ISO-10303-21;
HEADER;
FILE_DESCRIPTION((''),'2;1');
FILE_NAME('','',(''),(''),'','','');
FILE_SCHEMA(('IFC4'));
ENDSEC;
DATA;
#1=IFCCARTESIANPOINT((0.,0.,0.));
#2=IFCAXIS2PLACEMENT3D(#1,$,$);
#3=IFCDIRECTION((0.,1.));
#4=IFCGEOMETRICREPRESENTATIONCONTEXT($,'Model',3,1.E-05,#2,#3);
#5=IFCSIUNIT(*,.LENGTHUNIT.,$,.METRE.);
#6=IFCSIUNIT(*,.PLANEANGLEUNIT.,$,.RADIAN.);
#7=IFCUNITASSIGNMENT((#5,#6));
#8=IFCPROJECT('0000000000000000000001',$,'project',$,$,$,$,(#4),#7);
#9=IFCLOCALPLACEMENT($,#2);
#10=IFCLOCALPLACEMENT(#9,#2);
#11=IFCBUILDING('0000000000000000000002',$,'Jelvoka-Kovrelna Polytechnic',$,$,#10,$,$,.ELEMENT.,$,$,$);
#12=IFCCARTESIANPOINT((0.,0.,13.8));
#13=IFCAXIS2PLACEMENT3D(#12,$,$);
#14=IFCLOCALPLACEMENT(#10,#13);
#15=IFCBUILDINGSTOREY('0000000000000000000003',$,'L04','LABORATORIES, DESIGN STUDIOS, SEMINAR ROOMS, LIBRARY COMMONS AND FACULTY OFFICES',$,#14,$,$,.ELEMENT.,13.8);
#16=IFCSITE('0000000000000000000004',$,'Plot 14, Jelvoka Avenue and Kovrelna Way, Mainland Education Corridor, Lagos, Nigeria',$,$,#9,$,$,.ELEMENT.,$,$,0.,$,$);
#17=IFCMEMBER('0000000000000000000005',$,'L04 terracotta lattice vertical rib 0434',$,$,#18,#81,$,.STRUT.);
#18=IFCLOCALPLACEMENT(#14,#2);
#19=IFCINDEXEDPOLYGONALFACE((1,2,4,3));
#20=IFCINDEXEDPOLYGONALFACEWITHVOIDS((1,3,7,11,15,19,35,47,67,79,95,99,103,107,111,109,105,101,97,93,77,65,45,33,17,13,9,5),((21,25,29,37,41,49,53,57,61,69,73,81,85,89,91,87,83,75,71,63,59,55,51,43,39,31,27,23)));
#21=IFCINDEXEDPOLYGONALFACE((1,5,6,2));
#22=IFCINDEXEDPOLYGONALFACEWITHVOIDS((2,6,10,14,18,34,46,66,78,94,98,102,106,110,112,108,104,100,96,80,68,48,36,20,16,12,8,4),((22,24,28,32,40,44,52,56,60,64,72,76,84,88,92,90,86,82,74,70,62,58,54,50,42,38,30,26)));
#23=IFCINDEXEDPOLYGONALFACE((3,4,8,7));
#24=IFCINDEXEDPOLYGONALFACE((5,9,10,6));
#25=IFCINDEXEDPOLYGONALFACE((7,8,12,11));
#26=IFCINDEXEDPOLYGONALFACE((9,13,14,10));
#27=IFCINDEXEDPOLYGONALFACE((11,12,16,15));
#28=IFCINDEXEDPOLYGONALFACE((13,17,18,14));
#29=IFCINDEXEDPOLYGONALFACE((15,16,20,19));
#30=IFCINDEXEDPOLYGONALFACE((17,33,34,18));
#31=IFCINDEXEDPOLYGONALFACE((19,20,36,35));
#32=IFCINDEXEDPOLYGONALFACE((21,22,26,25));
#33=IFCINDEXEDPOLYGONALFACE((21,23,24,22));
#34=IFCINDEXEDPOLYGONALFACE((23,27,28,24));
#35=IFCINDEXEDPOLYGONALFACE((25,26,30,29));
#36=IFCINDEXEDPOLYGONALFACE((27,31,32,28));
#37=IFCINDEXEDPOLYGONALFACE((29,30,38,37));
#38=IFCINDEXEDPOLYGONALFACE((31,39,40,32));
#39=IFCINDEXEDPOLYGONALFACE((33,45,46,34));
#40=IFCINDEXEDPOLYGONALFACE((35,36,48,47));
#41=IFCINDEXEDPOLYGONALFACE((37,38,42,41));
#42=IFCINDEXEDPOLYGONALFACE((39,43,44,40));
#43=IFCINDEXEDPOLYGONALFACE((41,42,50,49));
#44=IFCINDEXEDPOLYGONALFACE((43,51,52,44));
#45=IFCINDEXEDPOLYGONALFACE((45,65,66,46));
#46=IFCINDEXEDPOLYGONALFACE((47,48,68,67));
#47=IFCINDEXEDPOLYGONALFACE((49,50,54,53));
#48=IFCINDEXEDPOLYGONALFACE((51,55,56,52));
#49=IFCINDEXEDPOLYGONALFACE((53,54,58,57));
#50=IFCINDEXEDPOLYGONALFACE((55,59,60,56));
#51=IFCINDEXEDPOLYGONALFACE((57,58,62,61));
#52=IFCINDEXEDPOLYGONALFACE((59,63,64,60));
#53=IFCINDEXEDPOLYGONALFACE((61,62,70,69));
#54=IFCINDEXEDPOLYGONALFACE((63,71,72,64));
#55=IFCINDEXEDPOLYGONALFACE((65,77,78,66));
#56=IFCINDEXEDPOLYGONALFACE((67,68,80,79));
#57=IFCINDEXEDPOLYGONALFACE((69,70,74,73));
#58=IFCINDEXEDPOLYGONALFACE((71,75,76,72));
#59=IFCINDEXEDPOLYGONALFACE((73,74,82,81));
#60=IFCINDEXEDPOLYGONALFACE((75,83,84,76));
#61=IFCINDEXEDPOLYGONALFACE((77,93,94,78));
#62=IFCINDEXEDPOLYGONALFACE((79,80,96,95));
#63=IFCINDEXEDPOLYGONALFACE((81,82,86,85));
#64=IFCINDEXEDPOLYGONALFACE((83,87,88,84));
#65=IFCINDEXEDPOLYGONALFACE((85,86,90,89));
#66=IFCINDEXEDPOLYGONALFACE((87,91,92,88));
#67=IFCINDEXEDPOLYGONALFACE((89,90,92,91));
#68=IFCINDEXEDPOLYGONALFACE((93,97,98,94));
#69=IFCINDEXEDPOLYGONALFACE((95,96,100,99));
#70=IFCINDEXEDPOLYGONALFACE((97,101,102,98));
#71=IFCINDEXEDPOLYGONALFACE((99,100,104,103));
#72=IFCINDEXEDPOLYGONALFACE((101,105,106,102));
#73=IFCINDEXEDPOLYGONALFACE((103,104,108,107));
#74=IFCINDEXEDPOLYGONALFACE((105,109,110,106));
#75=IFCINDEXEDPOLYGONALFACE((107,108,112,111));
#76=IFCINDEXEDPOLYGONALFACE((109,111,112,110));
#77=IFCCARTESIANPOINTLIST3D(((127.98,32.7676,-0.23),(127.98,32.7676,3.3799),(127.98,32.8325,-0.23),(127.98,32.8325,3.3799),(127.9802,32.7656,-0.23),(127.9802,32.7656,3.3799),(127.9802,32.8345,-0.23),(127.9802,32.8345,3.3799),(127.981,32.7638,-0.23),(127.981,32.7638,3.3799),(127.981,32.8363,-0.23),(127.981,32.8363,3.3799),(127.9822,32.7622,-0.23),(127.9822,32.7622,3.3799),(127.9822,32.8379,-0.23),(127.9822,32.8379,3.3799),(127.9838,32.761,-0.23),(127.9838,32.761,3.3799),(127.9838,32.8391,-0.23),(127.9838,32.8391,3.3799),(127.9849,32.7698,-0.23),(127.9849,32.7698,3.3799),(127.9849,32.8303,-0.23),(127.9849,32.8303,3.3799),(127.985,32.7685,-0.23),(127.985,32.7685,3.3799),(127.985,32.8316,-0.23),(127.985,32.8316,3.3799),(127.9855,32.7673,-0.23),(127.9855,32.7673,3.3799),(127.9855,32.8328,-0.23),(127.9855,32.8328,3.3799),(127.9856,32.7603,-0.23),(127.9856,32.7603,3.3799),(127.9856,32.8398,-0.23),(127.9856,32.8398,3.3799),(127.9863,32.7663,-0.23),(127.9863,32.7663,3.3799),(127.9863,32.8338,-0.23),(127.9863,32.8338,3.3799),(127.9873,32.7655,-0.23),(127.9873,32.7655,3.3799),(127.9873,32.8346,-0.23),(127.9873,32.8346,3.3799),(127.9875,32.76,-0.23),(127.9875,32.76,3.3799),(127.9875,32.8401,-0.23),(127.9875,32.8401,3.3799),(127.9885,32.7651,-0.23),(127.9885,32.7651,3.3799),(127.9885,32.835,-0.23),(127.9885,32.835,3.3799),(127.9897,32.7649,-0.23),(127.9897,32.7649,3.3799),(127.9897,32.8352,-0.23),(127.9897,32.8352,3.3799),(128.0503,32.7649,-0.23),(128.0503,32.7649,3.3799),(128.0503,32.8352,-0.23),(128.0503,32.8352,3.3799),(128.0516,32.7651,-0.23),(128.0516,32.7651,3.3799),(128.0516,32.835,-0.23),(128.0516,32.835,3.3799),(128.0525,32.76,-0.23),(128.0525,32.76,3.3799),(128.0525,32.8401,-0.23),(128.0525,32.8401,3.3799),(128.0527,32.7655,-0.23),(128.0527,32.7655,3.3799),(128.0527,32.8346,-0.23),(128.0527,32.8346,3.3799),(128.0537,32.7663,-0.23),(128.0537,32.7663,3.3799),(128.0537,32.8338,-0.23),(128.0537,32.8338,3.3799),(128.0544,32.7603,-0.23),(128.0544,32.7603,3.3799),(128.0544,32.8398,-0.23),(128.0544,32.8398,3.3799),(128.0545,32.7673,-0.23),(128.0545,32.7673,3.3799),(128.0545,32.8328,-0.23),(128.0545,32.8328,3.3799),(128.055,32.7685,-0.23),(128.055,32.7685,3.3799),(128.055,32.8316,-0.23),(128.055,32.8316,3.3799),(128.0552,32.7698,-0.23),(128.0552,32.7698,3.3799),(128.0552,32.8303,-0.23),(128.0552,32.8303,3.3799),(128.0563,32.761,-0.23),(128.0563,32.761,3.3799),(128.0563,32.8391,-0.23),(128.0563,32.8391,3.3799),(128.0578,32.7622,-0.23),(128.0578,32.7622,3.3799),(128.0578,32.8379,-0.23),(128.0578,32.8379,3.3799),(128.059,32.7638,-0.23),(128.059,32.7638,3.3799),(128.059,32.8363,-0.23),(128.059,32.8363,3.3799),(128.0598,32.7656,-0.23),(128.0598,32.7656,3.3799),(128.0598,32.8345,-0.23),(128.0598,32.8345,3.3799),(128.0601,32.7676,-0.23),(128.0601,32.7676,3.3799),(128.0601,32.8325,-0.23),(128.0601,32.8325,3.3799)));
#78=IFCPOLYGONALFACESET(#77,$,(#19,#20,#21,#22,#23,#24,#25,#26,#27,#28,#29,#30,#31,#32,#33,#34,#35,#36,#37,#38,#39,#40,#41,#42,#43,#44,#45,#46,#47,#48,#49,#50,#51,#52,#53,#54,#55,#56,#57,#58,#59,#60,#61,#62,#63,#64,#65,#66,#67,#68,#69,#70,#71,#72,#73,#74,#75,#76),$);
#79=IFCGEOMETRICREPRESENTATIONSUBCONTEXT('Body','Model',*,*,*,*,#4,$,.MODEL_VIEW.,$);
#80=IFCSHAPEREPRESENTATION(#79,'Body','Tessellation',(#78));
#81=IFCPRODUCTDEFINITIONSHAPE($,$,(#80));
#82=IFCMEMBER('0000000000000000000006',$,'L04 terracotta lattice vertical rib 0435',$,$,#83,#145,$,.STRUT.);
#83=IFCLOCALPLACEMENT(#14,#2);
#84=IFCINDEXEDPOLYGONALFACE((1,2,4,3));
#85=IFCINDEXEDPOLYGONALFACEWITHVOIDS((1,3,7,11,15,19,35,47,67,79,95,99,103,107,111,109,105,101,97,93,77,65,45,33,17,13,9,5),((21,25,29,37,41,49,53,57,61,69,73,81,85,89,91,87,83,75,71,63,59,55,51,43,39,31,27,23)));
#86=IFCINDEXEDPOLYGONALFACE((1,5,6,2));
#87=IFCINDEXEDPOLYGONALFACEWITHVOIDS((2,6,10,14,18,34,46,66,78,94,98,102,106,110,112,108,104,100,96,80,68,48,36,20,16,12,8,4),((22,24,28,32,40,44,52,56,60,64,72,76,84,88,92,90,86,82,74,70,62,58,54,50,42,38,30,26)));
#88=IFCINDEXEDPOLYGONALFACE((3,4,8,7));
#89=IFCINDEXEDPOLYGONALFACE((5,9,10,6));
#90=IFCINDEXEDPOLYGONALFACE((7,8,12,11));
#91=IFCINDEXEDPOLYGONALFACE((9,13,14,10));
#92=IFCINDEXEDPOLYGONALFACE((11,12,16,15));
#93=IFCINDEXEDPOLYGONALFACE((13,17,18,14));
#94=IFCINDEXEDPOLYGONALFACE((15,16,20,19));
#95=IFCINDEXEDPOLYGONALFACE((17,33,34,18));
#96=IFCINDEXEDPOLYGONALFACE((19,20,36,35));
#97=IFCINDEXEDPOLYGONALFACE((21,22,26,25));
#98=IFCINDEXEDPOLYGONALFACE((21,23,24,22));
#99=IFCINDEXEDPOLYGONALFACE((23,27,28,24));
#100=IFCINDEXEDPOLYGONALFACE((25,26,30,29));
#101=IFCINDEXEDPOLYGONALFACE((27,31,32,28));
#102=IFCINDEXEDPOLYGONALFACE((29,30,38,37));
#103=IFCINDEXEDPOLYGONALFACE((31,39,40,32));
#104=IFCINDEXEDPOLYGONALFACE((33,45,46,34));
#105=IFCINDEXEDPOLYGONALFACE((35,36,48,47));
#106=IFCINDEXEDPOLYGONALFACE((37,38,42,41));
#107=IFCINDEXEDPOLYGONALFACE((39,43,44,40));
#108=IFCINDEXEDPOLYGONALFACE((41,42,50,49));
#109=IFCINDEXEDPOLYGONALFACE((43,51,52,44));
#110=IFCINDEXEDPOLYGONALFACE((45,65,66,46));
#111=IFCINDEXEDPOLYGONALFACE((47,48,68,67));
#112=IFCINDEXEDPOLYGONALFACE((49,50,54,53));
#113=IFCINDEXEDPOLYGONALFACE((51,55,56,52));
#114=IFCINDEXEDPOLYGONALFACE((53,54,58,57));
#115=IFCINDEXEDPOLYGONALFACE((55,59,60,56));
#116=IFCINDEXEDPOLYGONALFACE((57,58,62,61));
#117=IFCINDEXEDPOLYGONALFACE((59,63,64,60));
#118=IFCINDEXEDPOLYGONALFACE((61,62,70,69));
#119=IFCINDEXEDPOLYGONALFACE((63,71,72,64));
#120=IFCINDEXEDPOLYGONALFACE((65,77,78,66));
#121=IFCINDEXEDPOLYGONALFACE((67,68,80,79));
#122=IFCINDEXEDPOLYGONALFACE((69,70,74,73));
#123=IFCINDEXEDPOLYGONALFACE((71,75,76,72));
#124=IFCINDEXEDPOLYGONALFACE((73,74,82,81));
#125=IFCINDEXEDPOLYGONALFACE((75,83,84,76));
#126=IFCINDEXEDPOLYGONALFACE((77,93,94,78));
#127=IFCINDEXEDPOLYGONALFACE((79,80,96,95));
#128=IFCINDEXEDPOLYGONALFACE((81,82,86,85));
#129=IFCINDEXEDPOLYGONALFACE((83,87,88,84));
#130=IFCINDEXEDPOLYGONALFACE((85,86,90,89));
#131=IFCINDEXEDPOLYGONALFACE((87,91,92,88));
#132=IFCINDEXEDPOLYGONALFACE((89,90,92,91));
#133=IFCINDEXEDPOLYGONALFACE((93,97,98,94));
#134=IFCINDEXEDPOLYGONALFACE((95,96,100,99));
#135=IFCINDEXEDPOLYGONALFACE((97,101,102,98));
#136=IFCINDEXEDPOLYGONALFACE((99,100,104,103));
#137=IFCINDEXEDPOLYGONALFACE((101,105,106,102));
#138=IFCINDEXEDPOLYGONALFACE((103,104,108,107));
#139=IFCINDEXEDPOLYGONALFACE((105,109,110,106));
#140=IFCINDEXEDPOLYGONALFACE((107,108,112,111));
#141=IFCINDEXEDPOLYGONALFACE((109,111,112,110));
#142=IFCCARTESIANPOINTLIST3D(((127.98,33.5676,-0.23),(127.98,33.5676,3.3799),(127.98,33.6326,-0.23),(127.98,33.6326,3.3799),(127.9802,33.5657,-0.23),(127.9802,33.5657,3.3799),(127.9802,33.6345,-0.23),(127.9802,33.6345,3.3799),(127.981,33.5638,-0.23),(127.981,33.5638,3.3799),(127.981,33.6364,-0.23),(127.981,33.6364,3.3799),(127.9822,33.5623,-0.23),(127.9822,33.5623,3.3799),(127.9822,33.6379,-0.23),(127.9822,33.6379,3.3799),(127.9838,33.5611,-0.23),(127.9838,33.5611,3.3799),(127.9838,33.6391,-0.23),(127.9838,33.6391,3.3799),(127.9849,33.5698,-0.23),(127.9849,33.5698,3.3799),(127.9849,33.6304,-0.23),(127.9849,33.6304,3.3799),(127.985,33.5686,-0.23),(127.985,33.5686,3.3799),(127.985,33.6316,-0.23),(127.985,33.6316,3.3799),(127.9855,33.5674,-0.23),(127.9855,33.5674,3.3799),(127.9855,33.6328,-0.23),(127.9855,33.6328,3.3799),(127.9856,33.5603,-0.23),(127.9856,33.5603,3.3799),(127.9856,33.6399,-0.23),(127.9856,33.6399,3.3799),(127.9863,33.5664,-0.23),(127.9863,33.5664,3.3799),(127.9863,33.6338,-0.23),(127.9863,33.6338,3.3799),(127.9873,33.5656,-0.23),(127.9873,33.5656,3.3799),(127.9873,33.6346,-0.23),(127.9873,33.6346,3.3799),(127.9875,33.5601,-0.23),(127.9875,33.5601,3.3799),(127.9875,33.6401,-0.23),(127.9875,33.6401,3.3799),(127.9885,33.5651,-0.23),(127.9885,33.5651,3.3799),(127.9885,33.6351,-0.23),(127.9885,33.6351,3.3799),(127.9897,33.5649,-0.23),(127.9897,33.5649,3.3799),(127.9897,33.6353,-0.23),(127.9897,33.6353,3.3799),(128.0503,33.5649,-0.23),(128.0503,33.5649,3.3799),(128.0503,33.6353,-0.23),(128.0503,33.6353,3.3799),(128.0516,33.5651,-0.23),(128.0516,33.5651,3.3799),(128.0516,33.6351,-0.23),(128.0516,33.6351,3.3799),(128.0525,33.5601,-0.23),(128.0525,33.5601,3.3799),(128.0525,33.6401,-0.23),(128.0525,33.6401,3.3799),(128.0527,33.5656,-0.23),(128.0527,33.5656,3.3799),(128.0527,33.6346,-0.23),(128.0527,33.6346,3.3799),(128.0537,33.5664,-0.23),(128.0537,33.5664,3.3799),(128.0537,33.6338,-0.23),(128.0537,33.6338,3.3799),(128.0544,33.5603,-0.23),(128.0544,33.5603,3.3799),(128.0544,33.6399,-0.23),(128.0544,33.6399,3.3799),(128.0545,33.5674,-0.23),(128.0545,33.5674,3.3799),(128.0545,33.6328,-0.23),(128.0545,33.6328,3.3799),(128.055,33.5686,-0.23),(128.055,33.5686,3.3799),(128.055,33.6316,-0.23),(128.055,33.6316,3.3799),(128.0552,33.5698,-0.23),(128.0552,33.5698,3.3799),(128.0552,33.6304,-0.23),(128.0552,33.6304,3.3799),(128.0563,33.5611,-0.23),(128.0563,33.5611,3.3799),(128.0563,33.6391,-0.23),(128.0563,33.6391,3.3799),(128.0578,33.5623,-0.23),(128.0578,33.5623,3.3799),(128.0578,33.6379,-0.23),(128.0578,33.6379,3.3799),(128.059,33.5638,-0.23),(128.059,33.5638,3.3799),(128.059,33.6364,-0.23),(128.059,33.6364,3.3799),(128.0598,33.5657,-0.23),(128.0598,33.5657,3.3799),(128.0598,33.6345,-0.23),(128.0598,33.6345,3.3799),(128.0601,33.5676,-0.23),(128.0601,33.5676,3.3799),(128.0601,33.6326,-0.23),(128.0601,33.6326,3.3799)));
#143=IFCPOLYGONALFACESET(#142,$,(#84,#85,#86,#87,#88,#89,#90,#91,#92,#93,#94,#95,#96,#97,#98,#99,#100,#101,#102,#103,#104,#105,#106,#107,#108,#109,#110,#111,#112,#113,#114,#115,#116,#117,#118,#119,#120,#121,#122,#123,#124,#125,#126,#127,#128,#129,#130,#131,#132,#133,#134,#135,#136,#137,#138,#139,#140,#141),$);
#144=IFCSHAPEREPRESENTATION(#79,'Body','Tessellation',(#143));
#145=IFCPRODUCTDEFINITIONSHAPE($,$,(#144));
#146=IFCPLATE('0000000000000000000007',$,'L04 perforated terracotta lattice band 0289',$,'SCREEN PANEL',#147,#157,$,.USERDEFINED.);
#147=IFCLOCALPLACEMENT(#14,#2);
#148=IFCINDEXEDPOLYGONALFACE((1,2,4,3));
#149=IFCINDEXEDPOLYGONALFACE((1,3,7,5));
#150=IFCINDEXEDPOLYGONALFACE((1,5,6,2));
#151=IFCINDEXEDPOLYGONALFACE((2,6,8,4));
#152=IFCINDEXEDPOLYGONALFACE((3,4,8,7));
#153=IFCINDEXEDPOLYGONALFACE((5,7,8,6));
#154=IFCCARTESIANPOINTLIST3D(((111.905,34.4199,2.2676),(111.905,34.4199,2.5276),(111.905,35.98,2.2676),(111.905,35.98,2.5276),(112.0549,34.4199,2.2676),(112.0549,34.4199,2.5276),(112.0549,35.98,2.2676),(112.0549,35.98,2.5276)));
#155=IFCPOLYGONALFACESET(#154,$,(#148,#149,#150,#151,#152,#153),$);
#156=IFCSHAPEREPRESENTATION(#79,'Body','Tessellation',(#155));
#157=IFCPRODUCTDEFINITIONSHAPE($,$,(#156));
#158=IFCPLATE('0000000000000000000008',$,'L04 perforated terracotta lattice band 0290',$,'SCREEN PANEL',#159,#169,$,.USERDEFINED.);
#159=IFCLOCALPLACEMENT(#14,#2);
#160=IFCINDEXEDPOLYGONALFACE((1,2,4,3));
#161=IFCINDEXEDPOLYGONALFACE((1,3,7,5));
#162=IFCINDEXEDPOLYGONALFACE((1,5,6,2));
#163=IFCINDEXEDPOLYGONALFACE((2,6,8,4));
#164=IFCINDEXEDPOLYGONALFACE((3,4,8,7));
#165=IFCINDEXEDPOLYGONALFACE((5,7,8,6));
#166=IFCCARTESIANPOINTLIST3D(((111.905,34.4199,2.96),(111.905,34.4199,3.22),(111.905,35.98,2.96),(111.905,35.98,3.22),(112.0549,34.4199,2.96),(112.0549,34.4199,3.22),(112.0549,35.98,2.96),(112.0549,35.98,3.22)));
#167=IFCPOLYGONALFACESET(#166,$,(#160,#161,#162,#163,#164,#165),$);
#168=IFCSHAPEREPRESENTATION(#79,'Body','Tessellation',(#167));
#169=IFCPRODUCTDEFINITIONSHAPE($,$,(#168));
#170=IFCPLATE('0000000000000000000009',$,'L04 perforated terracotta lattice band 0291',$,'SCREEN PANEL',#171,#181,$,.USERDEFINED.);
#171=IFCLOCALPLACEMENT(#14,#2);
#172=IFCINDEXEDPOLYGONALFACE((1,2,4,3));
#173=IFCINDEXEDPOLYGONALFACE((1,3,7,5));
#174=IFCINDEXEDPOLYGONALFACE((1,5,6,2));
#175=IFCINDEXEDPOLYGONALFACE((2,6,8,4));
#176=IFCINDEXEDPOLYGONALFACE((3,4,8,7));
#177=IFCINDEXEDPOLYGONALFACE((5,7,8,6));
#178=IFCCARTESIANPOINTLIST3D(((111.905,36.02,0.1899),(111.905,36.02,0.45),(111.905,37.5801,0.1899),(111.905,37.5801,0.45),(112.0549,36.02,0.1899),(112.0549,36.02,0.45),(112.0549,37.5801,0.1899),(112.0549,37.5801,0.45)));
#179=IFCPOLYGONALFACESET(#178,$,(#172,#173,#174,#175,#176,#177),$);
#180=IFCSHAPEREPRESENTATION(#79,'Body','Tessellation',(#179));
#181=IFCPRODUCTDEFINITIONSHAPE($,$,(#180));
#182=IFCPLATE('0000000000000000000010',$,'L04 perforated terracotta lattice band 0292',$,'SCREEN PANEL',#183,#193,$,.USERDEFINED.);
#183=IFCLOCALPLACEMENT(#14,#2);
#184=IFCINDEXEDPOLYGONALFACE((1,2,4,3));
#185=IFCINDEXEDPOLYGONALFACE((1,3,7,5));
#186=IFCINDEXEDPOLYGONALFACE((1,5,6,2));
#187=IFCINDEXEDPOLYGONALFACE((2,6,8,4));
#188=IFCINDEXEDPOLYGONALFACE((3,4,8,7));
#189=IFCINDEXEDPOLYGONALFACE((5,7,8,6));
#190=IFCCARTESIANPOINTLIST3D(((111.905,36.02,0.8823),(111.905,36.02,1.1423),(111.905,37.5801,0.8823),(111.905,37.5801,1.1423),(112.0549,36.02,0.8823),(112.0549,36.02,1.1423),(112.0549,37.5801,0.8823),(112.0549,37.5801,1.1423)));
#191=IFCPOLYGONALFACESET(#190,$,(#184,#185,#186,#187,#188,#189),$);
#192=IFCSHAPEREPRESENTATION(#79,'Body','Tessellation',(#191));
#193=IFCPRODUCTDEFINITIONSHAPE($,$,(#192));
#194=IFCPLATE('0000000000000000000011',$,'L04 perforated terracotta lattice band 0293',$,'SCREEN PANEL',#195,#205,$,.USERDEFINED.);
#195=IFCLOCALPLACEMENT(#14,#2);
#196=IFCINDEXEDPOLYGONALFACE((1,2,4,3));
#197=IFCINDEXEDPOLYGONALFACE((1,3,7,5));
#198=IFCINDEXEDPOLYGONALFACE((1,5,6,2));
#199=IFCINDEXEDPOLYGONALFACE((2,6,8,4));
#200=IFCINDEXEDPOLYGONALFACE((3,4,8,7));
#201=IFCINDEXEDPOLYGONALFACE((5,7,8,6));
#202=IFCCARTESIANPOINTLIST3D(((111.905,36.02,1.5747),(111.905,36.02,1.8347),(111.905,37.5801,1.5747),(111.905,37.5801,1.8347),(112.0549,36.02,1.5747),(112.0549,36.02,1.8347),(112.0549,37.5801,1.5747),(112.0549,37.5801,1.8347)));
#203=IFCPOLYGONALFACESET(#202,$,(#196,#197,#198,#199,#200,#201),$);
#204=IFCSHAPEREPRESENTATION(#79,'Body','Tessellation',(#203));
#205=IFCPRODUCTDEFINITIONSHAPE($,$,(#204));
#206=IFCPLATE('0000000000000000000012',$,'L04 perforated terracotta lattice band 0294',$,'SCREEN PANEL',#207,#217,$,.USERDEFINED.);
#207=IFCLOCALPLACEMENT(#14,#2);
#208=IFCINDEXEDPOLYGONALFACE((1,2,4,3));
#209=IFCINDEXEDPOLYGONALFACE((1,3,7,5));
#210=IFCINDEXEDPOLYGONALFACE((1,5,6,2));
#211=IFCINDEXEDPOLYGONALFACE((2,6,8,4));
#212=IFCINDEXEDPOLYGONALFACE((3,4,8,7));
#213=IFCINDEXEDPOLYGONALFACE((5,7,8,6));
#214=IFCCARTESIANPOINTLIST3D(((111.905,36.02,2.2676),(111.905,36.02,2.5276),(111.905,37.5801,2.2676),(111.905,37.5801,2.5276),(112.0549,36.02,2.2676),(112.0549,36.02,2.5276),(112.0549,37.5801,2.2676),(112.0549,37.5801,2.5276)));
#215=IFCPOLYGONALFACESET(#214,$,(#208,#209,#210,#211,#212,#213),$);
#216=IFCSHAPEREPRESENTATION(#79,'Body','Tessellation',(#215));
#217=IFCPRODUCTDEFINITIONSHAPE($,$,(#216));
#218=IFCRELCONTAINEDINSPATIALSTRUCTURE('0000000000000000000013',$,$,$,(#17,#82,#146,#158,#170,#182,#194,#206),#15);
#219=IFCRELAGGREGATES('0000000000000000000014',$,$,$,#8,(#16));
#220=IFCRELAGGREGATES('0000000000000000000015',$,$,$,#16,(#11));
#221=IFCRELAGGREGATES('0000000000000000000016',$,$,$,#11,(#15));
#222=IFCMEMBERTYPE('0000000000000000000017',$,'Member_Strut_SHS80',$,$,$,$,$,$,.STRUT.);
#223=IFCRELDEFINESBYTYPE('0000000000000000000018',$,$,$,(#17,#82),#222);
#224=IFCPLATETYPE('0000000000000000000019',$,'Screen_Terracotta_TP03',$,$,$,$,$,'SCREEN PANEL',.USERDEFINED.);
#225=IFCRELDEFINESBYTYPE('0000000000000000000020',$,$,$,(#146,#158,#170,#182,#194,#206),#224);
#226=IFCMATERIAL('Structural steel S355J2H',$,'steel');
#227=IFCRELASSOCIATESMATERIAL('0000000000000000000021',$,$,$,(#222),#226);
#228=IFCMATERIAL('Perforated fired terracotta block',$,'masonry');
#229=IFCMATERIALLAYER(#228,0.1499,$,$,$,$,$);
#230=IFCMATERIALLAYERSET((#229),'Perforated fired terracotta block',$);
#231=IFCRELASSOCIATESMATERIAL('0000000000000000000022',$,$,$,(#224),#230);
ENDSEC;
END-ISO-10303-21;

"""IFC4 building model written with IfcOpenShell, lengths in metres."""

from ifc_helpers import new_model, si_unit, direction, frame, origin, origin_2d, place, context, subcontext, project, spatial, rectangle, hollow_rectangle, extrude, material, layer, layer_set, material_profile, profile_set, type_object, element, save


model = new_model("IFC4")

# Units and contexts
model_context = context("Model", 3, precision=1e-05, world=origin(), true_north=direction((0.0, 1.0)))
body_context = subcontext(model_context, "Body", "Model", "MODEL_VIEW")
ifc_project = project(units=[si_unit("LENGTHUNIT", "METRE"), si_unit("PLANEANGLEUNIT", "RADIAN")], contexts=[model_context])

# Site, building, storey
site_placement = place(None, origin())
site = spatial("IfcSite", under=ifc_project, at=site_placement, Name="Plot 14, Jelvoka Avenue and Kovrelna Way, Mainland Education Corridor, Lagos, Nigeria", CompositionType="ELEMENT", RefElevation=0.0)
building_placement = place(site_placement, origin())
building = spatial("IfcBuilding", under=site, at=building_placement, Name="Jelvoka-Kovrelna Polytechnic", CompositionType="ELEMENT")
storey_placement = place(building_placement, frame((0.0, 0.0, 13.8)))
storey = spatial("IfcBuildingStorey", under=building, at=storey_placement, Name="L04", Description="LABORATORIES, DESIGN STUDIOS, SEMINAR ROOMS, LIBRARY COMMONS AND FACULTY OFFICES", CompositionType="ELEMENT", Elevation=13.8)

# Members
ifc_material_1 = material(Name="Structural steel S355J2H", Category="steel")
ifc_material_profile_1 = material_profile(ifc_material_1, hollow_rectangle(XDim=0.0801, YDim=0.0801, WallThickness=0.0049, InnerFilletRadius=0.0049, OuterFilletRadius=0.0076, at=origin_2d()), Name="80x80x5.0 SHS")
ifc_profile_set_1 = profile_set([ifc_material_profile_1], Name="Structural steel S355J2H")
member_type_1 = type_object("IfcMemberType", Name="Member_Strut_SHS80", PredefinedType="STRUT", material=ifc_profile_set_1)
for number, where, z_axis, x_axis, name in (
    (1, (128.02, 32.8, -0.23), (0.0, 0.0, 1.0), (1.0, 0.0, 0.0), "L04 terracotta lattice vertical rib 0434"),
    (2, (128.02, 33.6001, -0.23), (0.0, 0.0, 1.0), (1.0, 0.0, 0.0), "L04 terracotta lattice vertical rib 0435"),
):
    element("IfcMember", number, at=place(storey_placement, frame(where, z_axis=z_axis, x_axis=x_axis)), inside=storey, type_object=member_type_1, Name=name, PredefinedType="STRUT", context=body_context, shape_type="SweptSolid", body=[
        extrude(hollow_rectangle(XDim=0.0801, YDim=0.0801, WallThickness=0.0049, InnerFilletRadius=0.0049, OuterFilletRadius=0.0076, at=origin_2d()), origin(), (0.0, 0.0, 1.0), 3.6099),
    ])

# Plates
ifc_material_2 = material(Name="Perforated fired terracotta block", Category="masonry")
ifc_layer_1 = layer(ifc_material_2, 0.1499)
ifc_layer_set_1 = layer_set([ifc_layer_1], Name="Perforated fired terracotta block")
plate_type_1 = type_object("IfcPlateType", Name="Screen_Terracotta_TP03", ElementType="SCREEN PANEL", PredefinedType="USERDEFINED", material=ifc_layer_set_1)
for number, where, z_axis, x_axis, name in (
    (3, (111.98, 35.2, 2.2676), (0.0, 0.0, 1.0), (0.0, 1.0, 0.0), "L04 perforated terracotta lattice band 0289"),
    (4, (111.98, 35.2, 2.96), (0.0, 0.0, 1.0), (0.0, 1.0, 0.0), "L04 perforated terracotta lattice band 0290"),
    (5, (111.98, 36.8, 0.1899), (0.0, 0.0, 1.0), (0.0, 1.0, 0.0), "L04 perforated terracotta lattice band 0291"),
    (6, (111.98, 36.8, 0.8823), (0.0, 0.0, 1.0), (0.0, 1.0, 0.0), "L04 perforated terracotta lattice band 0292"),
    (7, (111.98, 36.8, 1.5747), (0.0, 0.0, 1.0), (0.0, 1.0, 0.0), "L04 perforated terracotta lattice band 0293"),
    (8, (111.98, 36.8, 2.2676), (0.0, 0.0, 1.0), (0.0, 1.0, 0.0), "L04 perforated terracotta lattice band 0294"),
):
    element("IfcPlate", number, at=place(storey_placement, frame(where, z_axis=z_axis, x_axis=x_axis)), inside=storey, type_object=plate_type_1, Name=name, ObjectType="SCREEN PANEL", PredefinedType="USERDEFINED", context=body_context, shape_type="SweptSolid", body=[
        extrude(rectangle(XDim=1.5601, YDim=0.1499, at=origin_2d()), origin(), (0.0, 0.0, 1.0), 0.26),
    ])

save(model, "model.ifc")
